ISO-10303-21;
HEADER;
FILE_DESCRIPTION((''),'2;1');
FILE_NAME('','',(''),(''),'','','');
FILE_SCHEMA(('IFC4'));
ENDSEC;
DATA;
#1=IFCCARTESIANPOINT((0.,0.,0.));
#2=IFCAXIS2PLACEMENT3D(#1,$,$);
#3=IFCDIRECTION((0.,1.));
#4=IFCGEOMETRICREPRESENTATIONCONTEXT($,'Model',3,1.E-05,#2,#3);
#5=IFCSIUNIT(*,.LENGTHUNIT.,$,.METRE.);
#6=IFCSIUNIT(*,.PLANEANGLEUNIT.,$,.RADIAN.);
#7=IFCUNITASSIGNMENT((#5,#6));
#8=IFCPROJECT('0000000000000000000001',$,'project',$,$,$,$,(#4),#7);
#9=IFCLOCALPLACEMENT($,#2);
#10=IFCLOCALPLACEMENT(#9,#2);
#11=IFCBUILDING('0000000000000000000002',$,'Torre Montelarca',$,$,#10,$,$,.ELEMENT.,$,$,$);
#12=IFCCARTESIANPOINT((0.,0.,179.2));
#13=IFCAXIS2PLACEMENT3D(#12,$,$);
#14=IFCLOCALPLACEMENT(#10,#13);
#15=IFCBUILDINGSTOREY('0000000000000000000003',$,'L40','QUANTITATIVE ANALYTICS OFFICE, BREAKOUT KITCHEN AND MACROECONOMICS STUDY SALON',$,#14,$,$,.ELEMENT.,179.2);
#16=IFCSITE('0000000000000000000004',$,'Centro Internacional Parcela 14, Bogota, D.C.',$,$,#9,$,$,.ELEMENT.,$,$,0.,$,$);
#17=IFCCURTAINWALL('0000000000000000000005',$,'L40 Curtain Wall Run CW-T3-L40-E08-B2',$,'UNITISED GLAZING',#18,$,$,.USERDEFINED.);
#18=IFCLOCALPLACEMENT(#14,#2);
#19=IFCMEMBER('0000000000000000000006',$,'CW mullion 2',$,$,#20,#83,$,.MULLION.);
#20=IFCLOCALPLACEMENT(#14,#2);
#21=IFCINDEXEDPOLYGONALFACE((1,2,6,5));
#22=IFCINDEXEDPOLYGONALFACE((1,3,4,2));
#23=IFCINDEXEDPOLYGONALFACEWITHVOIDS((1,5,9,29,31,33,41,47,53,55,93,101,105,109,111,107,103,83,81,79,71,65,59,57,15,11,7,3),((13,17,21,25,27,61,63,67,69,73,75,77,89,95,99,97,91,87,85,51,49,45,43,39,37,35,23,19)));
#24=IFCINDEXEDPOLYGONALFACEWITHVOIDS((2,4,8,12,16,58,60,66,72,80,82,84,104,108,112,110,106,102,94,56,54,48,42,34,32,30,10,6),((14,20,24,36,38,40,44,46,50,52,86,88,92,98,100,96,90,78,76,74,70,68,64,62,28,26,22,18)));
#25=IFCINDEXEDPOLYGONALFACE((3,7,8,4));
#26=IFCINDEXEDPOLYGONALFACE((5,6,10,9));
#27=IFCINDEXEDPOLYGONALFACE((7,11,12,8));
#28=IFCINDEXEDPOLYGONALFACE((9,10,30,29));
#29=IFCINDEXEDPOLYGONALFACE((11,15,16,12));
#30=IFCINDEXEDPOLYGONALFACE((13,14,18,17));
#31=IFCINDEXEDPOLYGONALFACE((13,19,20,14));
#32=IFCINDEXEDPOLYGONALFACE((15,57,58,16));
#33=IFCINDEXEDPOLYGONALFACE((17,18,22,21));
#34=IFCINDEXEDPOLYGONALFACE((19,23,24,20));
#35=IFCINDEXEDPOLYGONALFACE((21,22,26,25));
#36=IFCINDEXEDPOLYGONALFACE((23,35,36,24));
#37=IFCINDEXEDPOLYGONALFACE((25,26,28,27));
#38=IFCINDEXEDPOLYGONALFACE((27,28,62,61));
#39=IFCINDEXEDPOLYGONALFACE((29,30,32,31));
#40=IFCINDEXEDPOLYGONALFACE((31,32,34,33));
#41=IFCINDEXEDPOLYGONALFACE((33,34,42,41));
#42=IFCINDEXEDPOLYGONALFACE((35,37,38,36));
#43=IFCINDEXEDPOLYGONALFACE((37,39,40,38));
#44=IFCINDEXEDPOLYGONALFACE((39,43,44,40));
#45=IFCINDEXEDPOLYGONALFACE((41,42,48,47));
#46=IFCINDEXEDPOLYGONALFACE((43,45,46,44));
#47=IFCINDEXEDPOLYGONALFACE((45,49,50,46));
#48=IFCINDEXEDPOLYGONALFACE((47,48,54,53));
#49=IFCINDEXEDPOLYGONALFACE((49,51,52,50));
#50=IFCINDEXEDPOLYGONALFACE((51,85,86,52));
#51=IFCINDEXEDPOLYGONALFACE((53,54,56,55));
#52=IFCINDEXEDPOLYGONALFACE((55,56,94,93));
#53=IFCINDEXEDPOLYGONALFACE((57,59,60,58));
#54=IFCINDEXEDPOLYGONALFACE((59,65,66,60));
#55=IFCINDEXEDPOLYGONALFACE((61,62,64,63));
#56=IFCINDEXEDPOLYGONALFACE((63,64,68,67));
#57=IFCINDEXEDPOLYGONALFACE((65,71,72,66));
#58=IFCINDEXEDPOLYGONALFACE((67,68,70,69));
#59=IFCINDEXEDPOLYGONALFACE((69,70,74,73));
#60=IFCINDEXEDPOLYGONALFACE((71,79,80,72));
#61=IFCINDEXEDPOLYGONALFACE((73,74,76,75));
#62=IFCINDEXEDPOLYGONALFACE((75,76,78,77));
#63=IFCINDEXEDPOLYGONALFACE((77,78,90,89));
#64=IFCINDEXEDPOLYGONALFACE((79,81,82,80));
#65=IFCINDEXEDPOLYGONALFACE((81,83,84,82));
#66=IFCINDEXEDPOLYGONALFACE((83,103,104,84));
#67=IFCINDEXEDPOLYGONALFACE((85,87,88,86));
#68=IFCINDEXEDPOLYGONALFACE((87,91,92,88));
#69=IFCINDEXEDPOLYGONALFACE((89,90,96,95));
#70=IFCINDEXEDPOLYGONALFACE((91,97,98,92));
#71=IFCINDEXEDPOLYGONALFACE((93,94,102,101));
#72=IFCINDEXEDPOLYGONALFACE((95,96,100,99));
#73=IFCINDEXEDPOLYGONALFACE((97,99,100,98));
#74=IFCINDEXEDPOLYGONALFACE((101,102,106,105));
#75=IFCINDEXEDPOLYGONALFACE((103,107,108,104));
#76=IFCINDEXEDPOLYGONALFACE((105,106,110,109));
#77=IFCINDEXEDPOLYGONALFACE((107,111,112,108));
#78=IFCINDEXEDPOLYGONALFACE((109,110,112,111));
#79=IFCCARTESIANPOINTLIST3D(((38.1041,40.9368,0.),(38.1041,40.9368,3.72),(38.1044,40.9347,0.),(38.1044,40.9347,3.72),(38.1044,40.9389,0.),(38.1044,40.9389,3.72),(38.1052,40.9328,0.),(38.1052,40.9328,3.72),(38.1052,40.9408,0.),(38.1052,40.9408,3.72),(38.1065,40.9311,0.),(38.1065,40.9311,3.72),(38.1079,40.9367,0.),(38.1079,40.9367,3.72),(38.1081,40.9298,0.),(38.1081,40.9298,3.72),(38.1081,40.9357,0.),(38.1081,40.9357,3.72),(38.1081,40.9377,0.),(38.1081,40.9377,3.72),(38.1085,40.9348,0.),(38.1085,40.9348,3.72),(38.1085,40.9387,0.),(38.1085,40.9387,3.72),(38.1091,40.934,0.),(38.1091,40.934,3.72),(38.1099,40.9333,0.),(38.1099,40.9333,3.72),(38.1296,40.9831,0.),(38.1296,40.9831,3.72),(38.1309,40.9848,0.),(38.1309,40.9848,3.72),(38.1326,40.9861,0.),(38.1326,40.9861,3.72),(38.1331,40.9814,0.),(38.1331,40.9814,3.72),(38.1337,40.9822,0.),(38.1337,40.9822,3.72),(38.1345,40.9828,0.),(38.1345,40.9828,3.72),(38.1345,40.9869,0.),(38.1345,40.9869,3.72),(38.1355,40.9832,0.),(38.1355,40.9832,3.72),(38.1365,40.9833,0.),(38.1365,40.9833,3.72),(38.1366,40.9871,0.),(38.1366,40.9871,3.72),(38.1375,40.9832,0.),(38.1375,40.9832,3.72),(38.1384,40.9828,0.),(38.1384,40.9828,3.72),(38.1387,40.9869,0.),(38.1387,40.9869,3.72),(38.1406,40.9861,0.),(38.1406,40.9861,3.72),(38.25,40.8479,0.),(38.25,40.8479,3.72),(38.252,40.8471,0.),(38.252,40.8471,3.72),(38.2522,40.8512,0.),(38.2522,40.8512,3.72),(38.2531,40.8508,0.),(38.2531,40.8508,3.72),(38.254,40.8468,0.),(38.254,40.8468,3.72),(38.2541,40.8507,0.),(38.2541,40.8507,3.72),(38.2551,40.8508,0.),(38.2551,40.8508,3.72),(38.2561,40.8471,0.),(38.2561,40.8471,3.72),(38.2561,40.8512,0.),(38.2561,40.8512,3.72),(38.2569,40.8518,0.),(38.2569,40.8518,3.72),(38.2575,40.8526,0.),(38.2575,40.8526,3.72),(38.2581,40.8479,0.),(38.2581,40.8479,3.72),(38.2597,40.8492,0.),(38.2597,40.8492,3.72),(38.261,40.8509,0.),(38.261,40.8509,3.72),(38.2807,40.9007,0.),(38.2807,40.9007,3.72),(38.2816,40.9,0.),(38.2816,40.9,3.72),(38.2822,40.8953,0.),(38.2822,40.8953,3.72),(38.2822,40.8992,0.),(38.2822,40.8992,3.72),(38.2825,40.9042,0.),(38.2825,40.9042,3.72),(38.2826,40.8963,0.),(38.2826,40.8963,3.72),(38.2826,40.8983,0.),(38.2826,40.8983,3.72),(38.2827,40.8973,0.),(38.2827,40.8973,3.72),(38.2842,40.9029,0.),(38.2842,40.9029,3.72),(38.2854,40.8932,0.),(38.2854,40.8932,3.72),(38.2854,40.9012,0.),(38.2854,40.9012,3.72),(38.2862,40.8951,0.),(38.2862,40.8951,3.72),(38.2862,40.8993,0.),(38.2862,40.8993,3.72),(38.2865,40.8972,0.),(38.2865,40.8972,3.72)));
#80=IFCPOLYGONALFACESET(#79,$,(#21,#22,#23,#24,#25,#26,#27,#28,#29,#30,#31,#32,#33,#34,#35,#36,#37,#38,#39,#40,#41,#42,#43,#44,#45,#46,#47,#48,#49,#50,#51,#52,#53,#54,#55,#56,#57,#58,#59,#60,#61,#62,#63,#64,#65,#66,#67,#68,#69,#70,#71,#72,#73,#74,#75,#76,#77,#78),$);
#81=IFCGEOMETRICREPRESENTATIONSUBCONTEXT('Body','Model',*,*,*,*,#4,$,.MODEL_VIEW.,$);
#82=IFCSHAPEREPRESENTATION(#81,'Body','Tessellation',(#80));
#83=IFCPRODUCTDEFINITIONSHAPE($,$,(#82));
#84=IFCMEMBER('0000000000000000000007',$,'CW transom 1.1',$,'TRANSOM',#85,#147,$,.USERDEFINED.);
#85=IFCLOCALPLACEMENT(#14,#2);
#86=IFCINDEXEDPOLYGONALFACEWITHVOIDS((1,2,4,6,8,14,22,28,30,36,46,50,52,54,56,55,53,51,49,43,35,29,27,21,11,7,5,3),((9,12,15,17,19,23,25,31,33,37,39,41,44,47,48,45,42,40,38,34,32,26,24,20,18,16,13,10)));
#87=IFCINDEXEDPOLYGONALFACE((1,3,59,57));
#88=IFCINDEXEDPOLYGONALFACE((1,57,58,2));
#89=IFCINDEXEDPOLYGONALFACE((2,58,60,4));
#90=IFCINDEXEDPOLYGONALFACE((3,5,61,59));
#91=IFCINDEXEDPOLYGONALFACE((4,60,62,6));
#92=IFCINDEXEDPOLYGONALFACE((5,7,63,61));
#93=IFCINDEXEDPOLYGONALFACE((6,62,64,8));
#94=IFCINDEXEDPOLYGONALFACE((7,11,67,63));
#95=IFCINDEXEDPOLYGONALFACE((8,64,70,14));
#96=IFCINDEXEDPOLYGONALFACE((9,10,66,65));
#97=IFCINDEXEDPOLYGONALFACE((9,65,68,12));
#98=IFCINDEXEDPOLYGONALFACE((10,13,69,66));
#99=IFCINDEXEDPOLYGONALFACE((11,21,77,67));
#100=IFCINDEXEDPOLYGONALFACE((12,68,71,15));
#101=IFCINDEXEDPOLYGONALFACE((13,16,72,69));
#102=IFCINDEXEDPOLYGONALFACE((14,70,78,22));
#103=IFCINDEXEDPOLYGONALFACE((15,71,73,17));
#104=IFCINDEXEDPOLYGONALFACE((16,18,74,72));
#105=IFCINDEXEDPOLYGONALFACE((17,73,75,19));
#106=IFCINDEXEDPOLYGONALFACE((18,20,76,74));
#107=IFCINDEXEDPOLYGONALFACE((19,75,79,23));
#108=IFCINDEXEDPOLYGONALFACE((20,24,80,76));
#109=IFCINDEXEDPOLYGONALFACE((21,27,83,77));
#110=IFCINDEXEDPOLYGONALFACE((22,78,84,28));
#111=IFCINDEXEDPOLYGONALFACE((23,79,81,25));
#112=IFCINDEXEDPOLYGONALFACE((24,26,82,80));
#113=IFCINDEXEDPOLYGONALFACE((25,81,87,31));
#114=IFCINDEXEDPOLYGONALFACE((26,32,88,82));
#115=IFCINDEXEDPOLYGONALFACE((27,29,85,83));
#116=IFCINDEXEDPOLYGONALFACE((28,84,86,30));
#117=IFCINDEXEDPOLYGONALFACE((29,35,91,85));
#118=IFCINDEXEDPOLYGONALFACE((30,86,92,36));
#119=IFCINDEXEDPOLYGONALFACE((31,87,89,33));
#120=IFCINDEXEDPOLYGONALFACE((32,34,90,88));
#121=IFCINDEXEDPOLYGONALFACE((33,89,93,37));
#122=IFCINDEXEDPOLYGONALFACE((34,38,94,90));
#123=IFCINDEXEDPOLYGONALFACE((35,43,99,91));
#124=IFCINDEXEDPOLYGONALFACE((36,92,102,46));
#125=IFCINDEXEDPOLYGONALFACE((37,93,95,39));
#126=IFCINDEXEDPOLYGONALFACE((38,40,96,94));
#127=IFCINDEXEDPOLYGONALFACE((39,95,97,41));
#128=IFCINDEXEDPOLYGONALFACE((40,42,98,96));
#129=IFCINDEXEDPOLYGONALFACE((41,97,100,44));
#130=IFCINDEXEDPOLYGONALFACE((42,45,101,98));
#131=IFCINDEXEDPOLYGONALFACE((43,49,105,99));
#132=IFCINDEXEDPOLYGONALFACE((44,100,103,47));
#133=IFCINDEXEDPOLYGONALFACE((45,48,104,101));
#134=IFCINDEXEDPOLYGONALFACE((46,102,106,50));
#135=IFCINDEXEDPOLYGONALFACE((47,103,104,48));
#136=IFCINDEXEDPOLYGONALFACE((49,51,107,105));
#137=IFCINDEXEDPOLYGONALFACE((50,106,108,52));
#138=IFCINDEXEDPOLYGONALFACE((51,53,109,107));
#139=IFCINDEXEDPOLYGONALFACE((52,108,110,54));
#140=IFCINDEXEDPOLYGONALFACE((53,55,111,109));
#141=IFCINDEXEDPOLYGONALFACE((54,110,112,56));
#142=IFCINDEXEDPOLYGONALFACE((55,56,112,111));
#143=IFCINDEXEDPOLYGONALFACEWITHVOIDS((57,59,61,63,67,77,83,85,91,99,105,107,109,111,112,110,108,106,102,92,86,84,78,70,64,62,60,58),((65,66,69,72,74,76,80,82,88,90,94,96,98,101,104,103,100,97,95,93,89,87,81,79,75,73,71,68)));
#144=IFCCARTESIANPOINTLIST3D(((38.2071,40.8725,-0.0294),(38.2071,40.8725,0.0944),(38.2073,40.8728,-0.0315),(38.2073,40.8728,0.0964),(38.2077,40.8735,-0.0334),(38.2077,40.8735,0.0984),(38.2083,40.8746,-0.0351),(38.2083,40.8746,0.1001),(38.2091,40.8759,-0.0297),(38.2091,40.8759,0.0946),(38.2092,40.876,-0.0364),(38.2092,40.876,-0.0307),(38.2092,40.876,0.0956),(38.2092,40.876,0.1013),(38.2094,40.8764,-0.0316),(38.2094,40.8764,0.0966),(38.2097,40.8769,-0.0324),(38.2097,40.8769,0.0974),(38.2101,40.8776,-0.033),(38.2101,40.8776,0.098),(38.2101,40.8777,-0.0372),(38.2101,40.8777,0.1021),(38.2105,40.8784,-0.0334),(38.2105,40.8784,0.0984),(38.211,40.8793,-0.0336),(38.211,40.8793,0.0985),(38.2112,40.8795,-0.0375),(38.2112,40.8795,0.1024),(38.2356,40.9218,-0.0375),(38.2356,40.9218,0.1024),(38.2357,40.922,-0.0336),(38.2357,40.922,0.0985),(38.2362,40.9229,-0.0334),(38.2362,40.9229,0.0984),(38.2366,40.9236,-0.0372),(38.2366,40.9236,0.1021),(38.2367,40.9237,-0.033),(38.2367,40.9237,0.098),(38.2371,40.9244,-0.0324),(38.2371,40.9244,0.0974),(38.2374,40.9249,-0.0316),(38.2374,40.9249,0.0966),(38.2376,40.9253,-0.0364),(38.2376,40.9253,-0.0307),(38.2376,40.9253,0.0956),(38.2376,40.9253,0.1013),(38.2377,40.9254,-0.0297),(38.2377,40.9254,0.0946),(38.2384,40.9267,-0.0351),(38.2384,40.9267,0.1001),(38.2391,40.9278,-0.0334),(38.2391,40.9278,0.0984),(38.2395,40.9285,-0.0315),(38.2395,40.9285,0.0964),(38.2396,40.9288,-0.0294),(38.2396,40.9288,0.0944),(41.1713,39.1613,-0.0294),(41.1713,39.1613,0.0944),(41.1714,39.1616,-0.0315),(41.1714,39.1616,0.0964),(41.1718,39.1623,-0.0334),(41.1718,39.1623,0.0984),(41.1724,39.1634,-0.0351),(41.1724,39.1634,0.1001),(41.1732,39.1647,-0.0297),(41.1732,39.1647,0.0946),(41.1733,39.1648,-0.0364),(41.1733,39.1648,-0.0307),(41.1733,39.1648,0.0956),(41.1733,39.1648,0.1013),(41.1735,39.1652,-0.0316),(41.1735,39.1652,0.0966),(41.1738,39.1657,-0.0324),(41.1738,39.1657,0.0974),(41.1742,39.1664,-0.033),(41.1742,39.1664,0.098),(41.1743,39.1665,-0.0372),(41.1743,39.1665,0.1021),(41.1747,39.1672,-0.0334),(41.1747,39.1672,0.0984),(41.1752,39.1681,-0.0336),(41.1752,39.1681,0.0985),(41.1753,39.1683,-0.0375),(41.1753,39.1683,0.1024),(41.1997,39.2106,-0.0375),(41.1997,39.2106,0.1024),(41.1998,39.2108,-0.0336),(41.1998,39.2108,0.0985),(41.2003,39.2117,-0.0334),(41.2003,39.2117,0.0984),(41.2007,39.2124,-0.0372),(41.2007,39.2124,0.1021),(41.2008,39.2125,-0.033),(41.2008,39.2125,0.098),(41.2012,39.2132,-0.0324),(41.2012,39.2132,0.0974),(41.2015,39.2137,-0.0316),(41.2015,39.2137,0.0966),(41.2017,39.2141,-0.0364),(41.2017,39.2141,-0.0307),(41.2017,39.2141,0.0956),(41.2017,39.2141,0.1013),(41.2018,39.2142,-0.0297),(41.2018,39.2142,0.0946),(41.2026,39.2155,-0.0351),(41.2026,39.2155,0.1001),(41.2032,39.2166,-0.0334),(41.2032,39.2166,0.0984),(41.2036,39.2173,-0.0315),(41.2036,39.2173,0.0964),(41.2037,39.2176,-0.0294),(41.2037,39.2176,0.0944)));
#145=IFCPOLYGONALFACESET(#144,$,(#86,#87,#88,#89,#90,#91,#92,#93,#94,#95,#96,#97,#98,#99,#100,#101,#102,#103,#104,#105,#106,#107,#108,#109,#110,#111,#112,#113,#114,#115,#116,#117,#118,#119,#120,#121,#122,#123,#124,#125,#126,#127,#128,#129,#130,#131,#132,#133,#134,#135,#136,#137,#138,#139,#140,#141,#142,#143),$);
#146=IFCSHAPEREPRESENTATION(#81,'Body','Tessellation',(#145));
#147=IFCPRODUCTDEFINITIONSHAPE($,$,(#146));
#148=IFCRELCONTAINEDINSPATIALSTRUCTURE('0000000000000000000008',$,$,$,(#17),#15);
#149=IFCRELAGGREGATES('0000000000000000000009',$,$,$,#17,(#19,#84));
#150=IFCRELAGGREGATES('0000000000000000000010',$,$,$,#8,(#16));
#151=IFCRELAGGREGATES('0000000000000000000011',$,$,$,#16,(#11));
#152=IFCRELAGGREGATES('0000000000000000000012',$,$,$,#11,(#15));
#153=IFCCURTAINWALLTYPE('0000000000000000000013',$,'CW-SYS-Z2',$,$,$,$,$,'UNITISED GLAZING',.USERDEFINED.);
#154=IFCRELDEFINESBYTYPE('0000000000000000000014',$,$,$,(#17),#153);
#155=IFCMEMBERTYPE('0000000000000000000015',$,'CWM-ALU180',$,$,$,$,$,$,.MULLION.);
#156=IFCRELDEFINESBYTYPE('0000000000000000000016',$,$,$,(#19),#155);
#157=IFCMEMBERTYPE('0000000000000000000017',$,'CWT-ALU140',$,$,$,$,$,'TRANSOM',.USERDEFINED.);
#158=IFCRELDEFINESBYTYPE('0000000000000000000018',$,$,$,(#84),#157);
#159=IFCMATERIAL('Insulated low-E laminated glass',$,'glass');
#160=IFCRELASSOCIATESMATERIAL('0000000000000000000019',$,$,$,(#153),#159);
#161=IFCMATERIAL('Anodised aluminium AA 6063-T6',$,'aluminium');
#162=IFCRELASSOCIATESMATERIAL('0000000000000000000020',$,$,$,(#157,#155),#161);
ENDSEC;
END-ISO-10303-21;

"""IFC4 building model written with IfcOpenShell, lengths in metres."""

from ifc_helpers import new_model, si_unit, direction, frame, origin, origin_2d, place, context, subcontext, project, spatial, hollow_rectangle, extrude, source, transform, mapped, material, material_profile, profile_set, type_object, element, aggregate, save


model = new_model("IFC4")

# Units and contexts
model_context = context("Model", 3, precision=1e-05, world=origin(), true_north=direction((0.0, 1.0)))
body_context = subcontext(model_context, "Body", "Model", "MODEL_VIEW")
ifc_project = project(units=[si_unit("LENGTHUNIT", "METRE"), si_unit("PLANEANGLEUNIT", "RADIAN")], contexts=[model_context])

# Site, building, storey
site_placement = place(None, origin())
site = spatial("IfcSite", under=ifc_project, at=site_placement, Name="Centro Internacional Parcela 14, Bogota, D.C.", CompositionType="ELEMENT", RefElevation=0.0)
building_placement = place(site_placement, origin())
building = spatial("IfcBuilding", under=site, at=building_placement, Name="Torre Montelarca", CompositionType="ELEMENT")
storey_placement = place(building_placement, frame((0.0, 0.0, 179.2)))
storey = spatial("IfcBuildingStorey", under=building, at=storey_placement, Name="L40", Description="QUANTITATIVE ANALYTICS OFFICE, BREAKOUT KITCHEN AND MACROECONOMICS STUDY SALON", CompositionType="ELEMENT", Elevation=179.2)

# Curtain wall, members
ifc_material_1 = material(Name="Insulated low-E laminated glass", Category="glass")
curtain_wall_type = type_object("IfcCurtainWallType", Name="CW-SYS-Z2", ElementType="UNITISED GLAZING", PredefinedType="USERDEFINED", material=ifc_material_1)
ifc_material_2 = material(Name="Anodised aluminium AA 6063-T6", Category="aluminium")
ifc_material_profile_1 = material_profile(ifc_material_2, hollow_rectangle(XDim=0.0649, YDim=0.1399, WallThickness=0.0039, InnerFilletRadius=0.0039, OuterFilletRadius=0.0081, at=origin_2d()), Name="ALU65X140X4", Category="aluminium")
ifc_profile_set_1 = profile_set([ifc_material_profile_1], Name="Anodised aluminium AA 6063-T6")
member_type_1 = type_object("IfcMemberType", Name="CWT-ALU140", ElementType="TRANSOM", PredefinedType="USERDEFINED", material=ifc_profile_set_1)
ifc_material_profile_2 = material_profile(ifc_material_2, hollow_rectangle(XDim=0.0649, YDim=0.1799, WallThickness=0.0039, InnerFilletRadius=0.0039, OuterFilletRadius=0.0081, at=origin_2d()), Name="ALU65X180X4", Category="aluminium")
ifc_profile_set_2 = profile_set([ifc_material_profile_2], Name="Anodised aluminium AA 6063-T6")
member_type_2 = type_object("IfcMemberType", Name="CWM-ALU180", PredefinedType="MULLION", material=ifc_profile_set_2)
shared_shape_1 = source(origin(), body_context, "Body", "SweptSolid", [
    extrude(hollow_rectangle(XDim=0.0649, YDim=0.1799, WallThickness=0.0039, InnerFilletRadius=0.0039, OuterFilletRadius=0.0081, at=origin_2d()), origin(), (0.0, 0.0, 1.0), 3.72),
])
curtain_wall_1_placement = place(storey_placement, origin())
curtain_wall_1 = element("IfcCurtainWall", 1, at=curtain_wall_1_placement, inside=storey, type_object=curtain_wall_type, Name="L40 Curtain Wall Run CW-T3-L40-E08-B2", ObjectType="UNITISED GLAZING", PredefinedType="USERDEFINED")
member_1_placement = place(storey_placement, frame((38.1953, 40.917, 0.0), z_axis=(0.0, 0.0, 1.0), x_axis=(-0.499995, -0.866028, 0.0)))
member_1 = element("IfcMember", 2, at=member_1_placement, type_object=member_type_2, Name="CW mullion 2", PredefinedType="MULLION", context=body_context, shape_type="MappedRepresentation", body=[
    mapped(shared_shape_1, transform((0.0, 0.0, 0.0), scale=1.0)),
])
shared_shape_2 = source(origin(), body_context, "Body", "SweptSolid", [
    extrude(hollow_rectangle(XDim=0.0649, YDim=0.1399, WallThickness=0.0039, InnerFilletRadius=0.0039, OuterFilletRadius=0.0081, at=origin_2d()), origin(), (0.0, 0.0, 1.0), 3.4226),
])
member_2_placement = place(storey_placement, frame((41.1875, 39.1895, 0.0325), z_axis=(-0.866044, 0.499967, 0.0), x_axis=(-0.499967, -0.866044, 0.0)))
member_2 = element("IfcMember", 3, at=member_2_placement, type_object=member_type_1, Name="CW transom 1.1", ObjectType="TRANSOM", PredefinedType="USERDEFINED", context=body_context, shape_type="MappedRepresentation", body=[
    mapped(shared_shape_2, transform((0.0, 0.0, 0.0), scale=1.0)),
])

aggregate(curtain_wall_1, [member_1, member_2])

save(model, "model.ifc")
